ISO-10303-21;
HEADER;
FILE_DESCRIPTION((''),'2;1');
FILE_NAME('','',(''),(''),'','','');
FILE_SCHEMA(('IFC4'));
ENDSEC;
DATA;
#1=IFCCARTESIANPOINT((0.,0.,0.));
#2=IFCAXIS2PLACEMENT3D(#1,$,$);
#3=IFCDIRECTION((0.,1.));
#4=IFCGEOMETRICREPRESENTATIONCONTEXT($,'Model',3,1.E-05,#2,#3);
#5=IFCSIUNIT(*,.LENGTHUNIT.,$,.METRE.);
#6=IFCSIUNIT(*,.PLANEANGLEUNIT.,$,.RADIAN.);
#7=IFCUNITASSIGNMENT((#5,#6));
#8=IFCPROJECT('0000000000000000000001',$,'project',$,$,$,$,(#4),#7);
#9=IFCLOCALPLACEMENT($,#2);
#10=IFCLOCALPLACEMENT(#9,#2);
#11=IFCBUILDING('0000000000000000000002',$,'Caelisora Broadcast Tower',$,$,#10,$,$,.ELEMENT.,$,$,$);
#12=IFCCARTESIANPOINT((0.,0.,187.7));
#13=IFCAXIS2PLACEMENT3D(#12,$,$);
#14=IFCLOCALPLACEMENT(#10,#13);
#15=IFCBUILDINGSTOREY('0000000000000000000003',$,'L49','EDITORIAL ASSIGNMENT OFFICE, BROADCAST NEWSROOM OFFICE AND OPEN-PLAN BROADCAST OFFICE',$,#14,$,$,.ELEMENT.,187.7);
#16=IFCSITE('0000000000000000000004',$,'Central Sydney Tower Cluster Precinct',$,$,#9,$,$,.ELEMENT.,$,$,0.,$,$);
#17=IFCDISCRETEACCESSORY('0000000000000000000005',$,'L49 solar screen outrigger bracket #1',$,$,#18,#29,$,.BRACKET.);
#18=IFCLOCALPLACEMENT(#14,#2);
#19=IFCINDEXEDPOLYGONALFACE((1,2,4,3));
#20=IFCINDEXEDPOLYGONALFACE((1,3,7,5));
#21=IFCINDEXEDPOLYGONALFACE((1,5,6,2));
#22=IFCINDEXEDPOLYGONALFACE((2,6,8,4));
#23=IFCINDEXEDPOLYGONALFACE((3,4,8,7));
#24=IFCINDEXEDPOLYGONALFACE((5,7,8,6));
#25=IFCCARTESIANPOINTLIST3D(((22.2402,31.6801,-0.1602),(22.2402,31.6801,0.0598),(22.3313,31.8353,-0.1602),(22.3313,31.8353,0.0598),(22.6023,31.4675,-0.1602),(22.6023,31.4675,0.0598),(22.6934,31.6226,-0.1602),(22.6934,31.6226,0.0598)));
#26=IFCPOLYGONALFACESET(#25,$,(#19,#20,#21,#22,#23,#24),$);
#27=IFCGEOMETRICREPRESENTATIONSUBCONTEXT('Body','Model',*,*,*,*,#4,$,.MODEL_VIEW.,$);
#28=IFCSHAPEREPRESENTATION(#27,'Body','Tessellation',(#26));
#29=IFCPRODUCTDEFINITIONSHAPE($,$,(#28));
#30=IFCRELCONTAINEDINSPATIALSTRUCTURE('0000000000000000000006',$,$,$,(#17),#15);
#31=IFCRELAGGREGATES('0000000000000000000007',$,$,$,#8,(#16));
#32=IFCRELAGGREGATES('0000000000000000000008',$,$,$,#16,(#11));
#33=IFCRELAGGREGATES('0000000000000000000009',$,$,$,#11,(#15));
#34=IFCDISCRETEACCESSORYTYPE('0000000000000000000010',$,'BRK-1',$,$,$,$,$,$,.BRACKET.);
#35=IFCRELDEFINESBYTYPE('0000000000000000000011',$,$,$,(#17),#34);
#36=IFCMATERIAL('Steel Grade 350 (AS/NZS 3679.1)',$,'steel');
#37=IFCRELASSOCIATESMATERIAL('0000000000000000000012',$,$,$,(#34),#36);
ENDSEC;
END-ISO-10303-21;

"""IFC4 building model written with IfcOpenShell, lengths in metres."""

from ifc_helpers import new_model, si_unit, direction, frame, origin, origin_2d, place, context, subcontext, project, spatial, rectangle, extrude, source, transform, mapped, material, type_object, type_shapes, element, save


model = new_model("IFC4")

# Units and contexts
model_context = context("Model", 3, precision=1e-05, world=origin(), true_north=direction((0.0, 1.0)))
body_context = subcontext(model_context, "Body", "Model", "MODEL_VIEW")
ifc_project = project(units=[si_unit("LENGTHUNIT", "METRE"), si_unit("PLANEANGLEUNIT", "RADIAN")], contexts=[model_context])

# Site, building, storey
site_placement = place(None, origin())
site = spatial("IfcSite", under=ifc_project, at=site_placement, Name="Central Sydney Tower Cluster Precinct", CompositionType="ELEMENT", RefElevation=0.0)
building_placement = place(site_placement, origin())
building = spatial("IfcBuilding", under=site, at=building_placement, Name="Caelisora Broadcast Tower", CompositionType="ELEMENT")
storey_placement = place(building_placement, frame((0.0, 0.0, 187.7)))
storey = spatial("IfcBuildingStorey", under=building, at=storey_placement, Name="L49", Description="EDITORIAL ASSIGNMENT OFFICE, BROADCAST NEWSROOM OFFICE AND OPEN-PLAN BROADCAST OFFICE", CompositionType="ELEMENT", Elevation=187.7)

# Shared definitions
ifc_material_1 = material(Name="Steel Grade 350 (AS/NZS 3679.1)", Category="steel")

# Discrete accessory
discrete_accessory_type = type_object("IfcDiscreteAccessoryType", Name="BRK-1", PredefinedType="BRACKET", material=ifc_material_1)
shared_shape_1 = source(origin(), body_context, "Body", "SweptSolid", [
    extrude(rectangle(XDim=0.1799, YDim=0.4199, at=origin_2d()), origin(), (0.0, 0.0, 1.0), 0.22),
])
type_shapes(discrete_accessory_type, [shared_shape_1])
discrete_accessory_placement = place(storey_placement, frame((22.4668, 31.6514, -0.1602), z_axis=(0.0, 0.0, 1.0), x_axis=(-0.506335, -0.862337, 0.0)))
element("IfcDiscreteAccessory", 1, at=discrete_accessory_placement, inside=storey, type_object=discrete_accessory_type, Name="L49 solar screen outrigger bracket #1", PredefinedType="BRACKET", context=body_context, shape_type="MappedRepresentation", body=[
    mapped(shared_shape_1, transform((0.0, 0.0, 0.0), scale=1.0)),
])

save(model, "model.ifc")
